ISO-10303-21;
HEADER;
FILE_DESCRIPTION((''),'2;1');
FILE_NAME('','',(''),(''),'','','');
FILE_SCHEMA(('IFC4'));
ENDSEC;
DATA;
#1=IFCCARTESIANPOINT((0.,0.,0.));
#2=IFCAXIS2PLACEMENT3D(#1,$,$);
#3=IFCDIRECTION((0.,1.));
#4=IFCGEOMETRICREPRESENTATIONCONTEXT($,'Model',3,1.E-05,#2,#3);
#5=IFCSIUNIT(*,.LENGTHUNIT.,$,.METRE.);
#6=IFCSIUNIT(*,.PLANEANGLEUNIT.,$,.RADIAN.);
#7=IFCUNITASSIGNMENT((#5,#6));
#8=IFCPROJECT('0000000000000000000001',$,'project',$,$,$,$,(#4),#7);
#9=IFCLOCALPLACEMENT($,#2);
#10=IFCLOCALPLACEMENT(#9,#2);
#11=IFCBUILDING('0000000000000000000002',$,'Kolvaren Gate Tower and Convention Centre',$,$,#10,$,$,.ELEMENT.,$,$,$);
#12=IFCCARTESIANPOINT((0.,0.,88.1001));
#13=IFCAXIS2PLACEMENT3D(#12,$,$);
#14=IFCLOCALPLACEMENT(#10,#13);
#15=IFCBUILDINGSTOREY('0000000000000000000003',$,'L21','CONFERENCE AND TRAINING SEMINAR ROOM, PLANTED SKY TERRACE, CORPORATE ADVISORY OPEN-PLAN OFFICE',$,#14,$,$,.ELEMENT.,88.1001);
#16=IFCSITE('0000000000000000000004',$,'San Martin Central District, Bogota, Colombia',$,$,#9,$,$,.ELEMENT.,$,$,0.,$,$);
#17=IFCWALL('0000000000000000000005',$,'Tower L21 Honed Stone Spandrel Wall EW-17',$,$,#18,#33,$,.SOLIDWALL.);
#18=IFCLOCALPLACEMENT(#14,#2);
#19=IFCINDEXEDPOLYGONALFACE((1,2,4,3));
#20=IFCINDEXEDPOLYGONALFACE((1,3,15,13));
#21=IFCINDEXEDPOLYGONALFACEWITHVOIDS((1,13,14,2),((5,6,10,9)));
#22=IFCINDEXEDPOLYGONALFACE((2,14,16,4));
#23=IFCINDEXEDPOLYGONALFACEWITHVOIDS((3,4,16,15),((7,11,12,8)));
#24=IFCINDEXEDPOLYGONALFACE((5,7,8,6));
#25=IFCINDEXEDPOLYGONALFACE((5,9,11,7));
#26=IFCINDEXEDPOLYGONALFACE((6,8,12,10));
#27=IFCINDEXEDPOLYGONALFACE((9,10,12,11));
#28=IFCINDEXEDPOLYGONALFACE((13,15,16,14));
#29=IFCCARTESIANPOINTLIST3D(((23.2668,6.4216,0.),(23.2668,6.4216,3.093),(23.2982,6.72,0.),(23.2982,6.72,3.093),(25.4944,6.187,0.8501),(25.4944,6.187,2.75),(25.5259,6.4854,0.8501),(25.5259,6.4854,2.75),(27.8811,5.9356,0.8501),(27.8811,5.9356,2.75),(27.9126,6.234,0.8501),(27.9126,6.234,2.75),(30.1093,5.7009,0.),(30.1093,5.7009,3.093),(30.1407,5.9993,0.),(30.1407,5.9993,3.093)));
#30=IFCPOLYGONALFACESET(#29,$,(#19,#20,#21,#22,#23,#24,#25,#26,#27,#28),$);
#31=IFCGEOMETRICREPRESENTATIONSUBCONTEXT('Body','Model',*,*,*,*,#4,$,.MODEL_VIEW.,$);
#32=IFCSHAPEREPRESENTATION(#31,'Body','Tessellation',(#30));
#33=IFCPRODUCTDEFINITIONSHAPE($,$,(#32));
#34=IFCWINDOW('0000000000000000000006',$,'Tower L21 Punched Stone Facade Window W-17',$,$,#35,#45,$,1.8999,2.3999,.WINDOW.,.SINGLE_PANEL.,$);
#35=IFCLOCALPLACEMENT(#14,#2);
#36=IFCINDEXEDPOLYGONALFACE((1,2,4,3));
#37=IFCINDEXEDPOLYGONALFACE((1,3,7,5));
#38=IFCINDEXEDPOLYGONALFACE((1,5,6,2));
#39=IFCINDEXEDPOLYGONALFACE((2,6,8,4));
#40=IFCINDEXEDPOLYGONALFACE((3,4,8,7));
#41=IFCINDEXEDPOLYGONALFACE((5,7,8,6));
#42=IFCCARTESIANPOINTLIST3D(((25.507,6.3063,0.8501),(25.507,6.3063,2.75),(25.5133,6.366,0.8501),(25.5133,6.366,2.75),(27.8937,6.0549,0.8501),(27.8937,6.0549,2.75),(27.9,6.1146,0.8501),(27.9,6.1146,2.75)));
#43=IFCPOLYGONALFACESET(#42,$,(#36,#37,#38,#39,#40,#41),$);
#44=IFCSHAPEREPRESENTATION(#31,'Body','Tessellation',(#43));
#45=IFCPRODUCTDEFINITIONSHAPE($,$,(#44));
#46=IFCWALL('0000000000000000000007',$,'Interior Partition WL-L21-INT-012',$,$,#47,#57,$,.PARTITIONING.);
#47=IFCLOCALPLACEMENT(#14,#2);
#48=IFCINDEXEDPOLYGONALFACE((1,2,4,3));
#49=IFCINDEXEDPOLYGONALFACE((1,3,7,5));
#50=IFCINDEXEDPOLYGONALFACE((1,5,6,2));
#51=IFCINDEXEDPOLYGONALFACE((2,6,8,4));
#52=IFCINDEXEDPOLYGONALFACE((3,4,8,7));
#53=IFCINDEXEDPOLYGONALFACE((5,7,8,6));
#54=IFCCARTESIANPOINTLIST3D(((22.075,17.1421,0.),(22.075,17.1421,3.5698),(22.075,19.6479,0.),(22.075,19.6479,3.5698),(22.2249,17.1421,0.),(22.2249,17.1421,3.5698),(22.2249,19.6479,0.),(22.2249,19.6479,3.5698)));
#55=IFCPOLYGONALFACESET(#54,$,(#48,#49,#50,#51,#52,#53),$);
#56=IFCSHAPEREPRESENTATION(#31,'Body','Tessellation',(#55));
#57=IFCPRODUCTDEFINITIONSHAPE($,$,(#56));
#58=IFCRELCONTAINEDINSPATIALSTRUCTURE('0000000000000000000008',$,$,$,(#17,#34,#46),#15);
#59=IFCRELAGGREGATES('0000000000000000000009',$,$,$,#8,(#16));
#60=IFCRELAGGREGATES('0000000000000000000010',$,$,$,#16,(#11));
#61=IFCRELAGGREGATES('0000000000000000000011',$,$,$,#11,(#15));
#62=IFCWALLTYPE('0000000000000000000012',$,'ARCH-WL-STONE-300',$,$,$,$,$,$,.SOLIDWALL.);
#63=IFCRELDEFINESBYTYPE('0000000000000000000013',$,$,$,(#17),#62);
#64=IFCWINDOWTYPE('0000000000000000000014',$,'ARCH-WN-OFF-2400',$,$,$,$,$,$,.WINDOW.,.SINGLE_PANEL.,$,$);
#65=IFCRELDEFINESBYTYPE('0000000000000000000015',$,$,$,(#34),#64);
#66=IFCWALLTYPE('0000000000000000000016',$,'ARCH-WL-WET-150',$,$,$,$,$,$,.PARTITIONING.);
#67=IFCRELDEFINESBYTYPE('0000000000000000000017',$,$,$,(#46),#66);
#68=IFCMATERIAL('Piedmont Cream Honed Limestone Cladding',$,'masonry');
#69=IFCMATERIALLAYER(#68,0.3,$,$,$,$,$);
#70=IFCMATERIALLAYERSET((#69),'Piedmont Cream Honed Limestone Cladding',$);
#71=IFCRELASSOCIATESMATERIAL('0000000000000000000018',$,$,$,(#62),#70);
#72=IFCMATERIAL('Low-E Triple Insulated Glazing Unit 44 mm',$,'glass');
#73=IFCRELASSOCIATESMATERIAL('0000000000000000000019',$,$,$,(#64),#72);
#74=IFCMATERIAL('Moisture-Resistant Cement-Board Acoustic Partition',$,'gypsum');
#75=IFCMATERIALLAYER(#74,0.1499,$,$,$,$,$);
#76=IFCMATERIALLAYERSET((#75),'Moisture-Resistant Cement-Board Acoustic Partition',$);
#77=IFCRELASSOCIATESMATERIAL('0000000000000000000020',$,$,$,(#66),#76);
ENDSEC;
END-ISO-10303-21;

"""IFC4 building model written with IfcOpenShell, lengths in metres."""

from ifc_helpers import new_model, si_unit, direction, frame, frame_2d, origin, place, context, subcontext, project, spatial, rectangle, extrude, material, layer, layer_set, type_object, element, fill, save


model = new_model("IFC4")

# Units and contexts
model_context = context("Model", 3, precision=1e-05, world=origin(), true_north=direction((0.0, 1.0)))
body_context = subcontext(model_context, "Body", "Model", "MODEL_VIEW")
ifc_project = project(units=[si_unit("LENGTHUNIT", "METRE"), si_unit("PLANEANGLEUNIT", "RADIAN")], contexts=[model_context])

# Site, building, storey
site_placement = place(None, origin())
site = spatial("IfcSite", under=ifc_project, at=site_placement, Name="San Martin Central District, Bogota, Colombia", CompositionType="ELEMENT", RefElevation=0.0)
building_placement = place(site_placement, origin())
building = spatial("IfcBuilding", under=site, at=building_placement, Name="Kolvaren Gate Tower and Convention Centre", CompositionType="ELEMENT")
storey_placement = place(building_placement, frame((0.0, 0.0, 88.1001)))
storey = spatial("IfcBuildingStorey", under=building, at=storey_placement, Name="L21", Description="CONFERENCE AND TRAINING SEMINAR ROOM, PLANTED SKY TERRACE, CORPORATE ADVISORY OPEN-PLAN OFFICE", CompositionType="ELEMENT", Elevation=88.1001)

# Wall, opening, window
ifc_material_1 = material(Name="Piedmont Cream Honed Limestone Cladding", Category="masonry")
ifc_layer_1 = layer(ifc_material_1, 0.3)
ifc_layer_set_1 = layer_set([ifc_layer_1], Name="Piedmont Cream Honed Limestone Cladding")
wall_type_1 = type_object("IfcWallType", Name="ARCH-WL-STONE-300", PredefinedType="SOLIDWALL", material=ifc_layer_set_1)
wall_1_placement = place(storey_placement, frame((23.2825, 6.5708, 0.0), z_axis=(0.0, 0.0, 1.0), x_axis=(0.994499, -0.104748, 0.0)))
wall_1 = element("IfcWall", 1, at=wall_1_placement, inside=storey, type_object=wall_type_1, Name="Tower L21 Honed Stone Spandrel Wall EW-17", PredefinedType="SOLIDWALL", context=body_context, shape_type="SweptSolid", body=[
    extrude(rectangle(XDim=6.8804, YDim=0.3, at=frame_2d((3.4402, 0.0))), origin(), (0.0, 0.0, 1.0), 3.093),
])
opening_1_placement = place(wall_1_placement, frame((2.24, 0.0, 0.8501)))
opening_1 = element("IfcOpeningElement", 2, at=opening_1_placement, cuts=wall_1, PredefinedType="OPENING", context=body_context, shape_type="SweptSolid", body=[
    extrude(rectangle(XDim=2.3999, YDim=1.8999, at=frame_2d((1.2, 0.95))), frame((0.0, 0.1599, 0.0), z_axis=(0.0, -1.0, 0.0), x_axis=(1.0, 0.0, 0.0)), (0.0, 0.0, 1.0), 0.3201),
])
ifc_material_2 = material(Name="Low-E Triple Insulated Glazing Unit 44 mm", Category="glass")
window_type = type_object("IfcWindowType", Name="ARCH-WN-OFF-2400", PartitioningType="SINGLE_PANEL", PredefinedType="WINDOW", material=ifc_material_2)
window_placement = place(opening_1_placement, origin())
window = element("IfcWindow", 3, at=window_placement, inside=storey, type_object=window_type, Name="Tower L21 Punched Stone Facade Window W-17", OverallHeight=1.8999, OverallWidth=2.3999, PartitioningType="SINGLE_PANEL", PredefinedType="WINDOW", context=body_context, shape_type="SweptSolid", body=[
    extrude(rectangle(XDim=2.3999, YDim=1.8999, at=frame_2d((1.2, 0.95))), frame((0.0, 0.03, 0.0), z_axis=(0.0, -1.0, 0.0), x_axis=(1.0, 0.0, 0.0)), (0.0, 0.0, 1.0), 0.0601),
])
fill(opening_1, window)

# Wall
ifc_material_3 = material(Name="Moisture-Resistant Cement-Board Acoustic Partition", Category="gypsum")
ifc_layer_2 = layer(ifc_material_3, 0.1499)
ifc_layer_set_2 = layer_set([ifc_layer_2], Name="Moisture-Resistant Cement-Board Acoustic Partition")
wall_type_2 = type_object("IfcWallType", Name="ARCH-WL-WET-150", PredefinedType="PARTITIONING", material=ifc_layer_set_2)
wall_2_placement = place(storey_placement, frame((22.1499, 17.1421, 0.0), z_axis=(0.0, 0.0, 1.0), x_axis=(0.0, 1.0, 0.0)))
element("IfcWall", 4, at=wall_2_placement, inside=storey, type_object=wall_type_2, Name="Interior Partition WL-L21-INT-012", PredefinedType="PARTITIONING", context=body_context, shape_type="SweptSolid", body=[
    extrude(rectangle(XDim=2.5059, YDim=0.1499, at=frame_2d((1.2529, 0.0))), origin(), (0.0, 0.0, 1.0), 3.5698),
])

save(model, "model.ifc")
